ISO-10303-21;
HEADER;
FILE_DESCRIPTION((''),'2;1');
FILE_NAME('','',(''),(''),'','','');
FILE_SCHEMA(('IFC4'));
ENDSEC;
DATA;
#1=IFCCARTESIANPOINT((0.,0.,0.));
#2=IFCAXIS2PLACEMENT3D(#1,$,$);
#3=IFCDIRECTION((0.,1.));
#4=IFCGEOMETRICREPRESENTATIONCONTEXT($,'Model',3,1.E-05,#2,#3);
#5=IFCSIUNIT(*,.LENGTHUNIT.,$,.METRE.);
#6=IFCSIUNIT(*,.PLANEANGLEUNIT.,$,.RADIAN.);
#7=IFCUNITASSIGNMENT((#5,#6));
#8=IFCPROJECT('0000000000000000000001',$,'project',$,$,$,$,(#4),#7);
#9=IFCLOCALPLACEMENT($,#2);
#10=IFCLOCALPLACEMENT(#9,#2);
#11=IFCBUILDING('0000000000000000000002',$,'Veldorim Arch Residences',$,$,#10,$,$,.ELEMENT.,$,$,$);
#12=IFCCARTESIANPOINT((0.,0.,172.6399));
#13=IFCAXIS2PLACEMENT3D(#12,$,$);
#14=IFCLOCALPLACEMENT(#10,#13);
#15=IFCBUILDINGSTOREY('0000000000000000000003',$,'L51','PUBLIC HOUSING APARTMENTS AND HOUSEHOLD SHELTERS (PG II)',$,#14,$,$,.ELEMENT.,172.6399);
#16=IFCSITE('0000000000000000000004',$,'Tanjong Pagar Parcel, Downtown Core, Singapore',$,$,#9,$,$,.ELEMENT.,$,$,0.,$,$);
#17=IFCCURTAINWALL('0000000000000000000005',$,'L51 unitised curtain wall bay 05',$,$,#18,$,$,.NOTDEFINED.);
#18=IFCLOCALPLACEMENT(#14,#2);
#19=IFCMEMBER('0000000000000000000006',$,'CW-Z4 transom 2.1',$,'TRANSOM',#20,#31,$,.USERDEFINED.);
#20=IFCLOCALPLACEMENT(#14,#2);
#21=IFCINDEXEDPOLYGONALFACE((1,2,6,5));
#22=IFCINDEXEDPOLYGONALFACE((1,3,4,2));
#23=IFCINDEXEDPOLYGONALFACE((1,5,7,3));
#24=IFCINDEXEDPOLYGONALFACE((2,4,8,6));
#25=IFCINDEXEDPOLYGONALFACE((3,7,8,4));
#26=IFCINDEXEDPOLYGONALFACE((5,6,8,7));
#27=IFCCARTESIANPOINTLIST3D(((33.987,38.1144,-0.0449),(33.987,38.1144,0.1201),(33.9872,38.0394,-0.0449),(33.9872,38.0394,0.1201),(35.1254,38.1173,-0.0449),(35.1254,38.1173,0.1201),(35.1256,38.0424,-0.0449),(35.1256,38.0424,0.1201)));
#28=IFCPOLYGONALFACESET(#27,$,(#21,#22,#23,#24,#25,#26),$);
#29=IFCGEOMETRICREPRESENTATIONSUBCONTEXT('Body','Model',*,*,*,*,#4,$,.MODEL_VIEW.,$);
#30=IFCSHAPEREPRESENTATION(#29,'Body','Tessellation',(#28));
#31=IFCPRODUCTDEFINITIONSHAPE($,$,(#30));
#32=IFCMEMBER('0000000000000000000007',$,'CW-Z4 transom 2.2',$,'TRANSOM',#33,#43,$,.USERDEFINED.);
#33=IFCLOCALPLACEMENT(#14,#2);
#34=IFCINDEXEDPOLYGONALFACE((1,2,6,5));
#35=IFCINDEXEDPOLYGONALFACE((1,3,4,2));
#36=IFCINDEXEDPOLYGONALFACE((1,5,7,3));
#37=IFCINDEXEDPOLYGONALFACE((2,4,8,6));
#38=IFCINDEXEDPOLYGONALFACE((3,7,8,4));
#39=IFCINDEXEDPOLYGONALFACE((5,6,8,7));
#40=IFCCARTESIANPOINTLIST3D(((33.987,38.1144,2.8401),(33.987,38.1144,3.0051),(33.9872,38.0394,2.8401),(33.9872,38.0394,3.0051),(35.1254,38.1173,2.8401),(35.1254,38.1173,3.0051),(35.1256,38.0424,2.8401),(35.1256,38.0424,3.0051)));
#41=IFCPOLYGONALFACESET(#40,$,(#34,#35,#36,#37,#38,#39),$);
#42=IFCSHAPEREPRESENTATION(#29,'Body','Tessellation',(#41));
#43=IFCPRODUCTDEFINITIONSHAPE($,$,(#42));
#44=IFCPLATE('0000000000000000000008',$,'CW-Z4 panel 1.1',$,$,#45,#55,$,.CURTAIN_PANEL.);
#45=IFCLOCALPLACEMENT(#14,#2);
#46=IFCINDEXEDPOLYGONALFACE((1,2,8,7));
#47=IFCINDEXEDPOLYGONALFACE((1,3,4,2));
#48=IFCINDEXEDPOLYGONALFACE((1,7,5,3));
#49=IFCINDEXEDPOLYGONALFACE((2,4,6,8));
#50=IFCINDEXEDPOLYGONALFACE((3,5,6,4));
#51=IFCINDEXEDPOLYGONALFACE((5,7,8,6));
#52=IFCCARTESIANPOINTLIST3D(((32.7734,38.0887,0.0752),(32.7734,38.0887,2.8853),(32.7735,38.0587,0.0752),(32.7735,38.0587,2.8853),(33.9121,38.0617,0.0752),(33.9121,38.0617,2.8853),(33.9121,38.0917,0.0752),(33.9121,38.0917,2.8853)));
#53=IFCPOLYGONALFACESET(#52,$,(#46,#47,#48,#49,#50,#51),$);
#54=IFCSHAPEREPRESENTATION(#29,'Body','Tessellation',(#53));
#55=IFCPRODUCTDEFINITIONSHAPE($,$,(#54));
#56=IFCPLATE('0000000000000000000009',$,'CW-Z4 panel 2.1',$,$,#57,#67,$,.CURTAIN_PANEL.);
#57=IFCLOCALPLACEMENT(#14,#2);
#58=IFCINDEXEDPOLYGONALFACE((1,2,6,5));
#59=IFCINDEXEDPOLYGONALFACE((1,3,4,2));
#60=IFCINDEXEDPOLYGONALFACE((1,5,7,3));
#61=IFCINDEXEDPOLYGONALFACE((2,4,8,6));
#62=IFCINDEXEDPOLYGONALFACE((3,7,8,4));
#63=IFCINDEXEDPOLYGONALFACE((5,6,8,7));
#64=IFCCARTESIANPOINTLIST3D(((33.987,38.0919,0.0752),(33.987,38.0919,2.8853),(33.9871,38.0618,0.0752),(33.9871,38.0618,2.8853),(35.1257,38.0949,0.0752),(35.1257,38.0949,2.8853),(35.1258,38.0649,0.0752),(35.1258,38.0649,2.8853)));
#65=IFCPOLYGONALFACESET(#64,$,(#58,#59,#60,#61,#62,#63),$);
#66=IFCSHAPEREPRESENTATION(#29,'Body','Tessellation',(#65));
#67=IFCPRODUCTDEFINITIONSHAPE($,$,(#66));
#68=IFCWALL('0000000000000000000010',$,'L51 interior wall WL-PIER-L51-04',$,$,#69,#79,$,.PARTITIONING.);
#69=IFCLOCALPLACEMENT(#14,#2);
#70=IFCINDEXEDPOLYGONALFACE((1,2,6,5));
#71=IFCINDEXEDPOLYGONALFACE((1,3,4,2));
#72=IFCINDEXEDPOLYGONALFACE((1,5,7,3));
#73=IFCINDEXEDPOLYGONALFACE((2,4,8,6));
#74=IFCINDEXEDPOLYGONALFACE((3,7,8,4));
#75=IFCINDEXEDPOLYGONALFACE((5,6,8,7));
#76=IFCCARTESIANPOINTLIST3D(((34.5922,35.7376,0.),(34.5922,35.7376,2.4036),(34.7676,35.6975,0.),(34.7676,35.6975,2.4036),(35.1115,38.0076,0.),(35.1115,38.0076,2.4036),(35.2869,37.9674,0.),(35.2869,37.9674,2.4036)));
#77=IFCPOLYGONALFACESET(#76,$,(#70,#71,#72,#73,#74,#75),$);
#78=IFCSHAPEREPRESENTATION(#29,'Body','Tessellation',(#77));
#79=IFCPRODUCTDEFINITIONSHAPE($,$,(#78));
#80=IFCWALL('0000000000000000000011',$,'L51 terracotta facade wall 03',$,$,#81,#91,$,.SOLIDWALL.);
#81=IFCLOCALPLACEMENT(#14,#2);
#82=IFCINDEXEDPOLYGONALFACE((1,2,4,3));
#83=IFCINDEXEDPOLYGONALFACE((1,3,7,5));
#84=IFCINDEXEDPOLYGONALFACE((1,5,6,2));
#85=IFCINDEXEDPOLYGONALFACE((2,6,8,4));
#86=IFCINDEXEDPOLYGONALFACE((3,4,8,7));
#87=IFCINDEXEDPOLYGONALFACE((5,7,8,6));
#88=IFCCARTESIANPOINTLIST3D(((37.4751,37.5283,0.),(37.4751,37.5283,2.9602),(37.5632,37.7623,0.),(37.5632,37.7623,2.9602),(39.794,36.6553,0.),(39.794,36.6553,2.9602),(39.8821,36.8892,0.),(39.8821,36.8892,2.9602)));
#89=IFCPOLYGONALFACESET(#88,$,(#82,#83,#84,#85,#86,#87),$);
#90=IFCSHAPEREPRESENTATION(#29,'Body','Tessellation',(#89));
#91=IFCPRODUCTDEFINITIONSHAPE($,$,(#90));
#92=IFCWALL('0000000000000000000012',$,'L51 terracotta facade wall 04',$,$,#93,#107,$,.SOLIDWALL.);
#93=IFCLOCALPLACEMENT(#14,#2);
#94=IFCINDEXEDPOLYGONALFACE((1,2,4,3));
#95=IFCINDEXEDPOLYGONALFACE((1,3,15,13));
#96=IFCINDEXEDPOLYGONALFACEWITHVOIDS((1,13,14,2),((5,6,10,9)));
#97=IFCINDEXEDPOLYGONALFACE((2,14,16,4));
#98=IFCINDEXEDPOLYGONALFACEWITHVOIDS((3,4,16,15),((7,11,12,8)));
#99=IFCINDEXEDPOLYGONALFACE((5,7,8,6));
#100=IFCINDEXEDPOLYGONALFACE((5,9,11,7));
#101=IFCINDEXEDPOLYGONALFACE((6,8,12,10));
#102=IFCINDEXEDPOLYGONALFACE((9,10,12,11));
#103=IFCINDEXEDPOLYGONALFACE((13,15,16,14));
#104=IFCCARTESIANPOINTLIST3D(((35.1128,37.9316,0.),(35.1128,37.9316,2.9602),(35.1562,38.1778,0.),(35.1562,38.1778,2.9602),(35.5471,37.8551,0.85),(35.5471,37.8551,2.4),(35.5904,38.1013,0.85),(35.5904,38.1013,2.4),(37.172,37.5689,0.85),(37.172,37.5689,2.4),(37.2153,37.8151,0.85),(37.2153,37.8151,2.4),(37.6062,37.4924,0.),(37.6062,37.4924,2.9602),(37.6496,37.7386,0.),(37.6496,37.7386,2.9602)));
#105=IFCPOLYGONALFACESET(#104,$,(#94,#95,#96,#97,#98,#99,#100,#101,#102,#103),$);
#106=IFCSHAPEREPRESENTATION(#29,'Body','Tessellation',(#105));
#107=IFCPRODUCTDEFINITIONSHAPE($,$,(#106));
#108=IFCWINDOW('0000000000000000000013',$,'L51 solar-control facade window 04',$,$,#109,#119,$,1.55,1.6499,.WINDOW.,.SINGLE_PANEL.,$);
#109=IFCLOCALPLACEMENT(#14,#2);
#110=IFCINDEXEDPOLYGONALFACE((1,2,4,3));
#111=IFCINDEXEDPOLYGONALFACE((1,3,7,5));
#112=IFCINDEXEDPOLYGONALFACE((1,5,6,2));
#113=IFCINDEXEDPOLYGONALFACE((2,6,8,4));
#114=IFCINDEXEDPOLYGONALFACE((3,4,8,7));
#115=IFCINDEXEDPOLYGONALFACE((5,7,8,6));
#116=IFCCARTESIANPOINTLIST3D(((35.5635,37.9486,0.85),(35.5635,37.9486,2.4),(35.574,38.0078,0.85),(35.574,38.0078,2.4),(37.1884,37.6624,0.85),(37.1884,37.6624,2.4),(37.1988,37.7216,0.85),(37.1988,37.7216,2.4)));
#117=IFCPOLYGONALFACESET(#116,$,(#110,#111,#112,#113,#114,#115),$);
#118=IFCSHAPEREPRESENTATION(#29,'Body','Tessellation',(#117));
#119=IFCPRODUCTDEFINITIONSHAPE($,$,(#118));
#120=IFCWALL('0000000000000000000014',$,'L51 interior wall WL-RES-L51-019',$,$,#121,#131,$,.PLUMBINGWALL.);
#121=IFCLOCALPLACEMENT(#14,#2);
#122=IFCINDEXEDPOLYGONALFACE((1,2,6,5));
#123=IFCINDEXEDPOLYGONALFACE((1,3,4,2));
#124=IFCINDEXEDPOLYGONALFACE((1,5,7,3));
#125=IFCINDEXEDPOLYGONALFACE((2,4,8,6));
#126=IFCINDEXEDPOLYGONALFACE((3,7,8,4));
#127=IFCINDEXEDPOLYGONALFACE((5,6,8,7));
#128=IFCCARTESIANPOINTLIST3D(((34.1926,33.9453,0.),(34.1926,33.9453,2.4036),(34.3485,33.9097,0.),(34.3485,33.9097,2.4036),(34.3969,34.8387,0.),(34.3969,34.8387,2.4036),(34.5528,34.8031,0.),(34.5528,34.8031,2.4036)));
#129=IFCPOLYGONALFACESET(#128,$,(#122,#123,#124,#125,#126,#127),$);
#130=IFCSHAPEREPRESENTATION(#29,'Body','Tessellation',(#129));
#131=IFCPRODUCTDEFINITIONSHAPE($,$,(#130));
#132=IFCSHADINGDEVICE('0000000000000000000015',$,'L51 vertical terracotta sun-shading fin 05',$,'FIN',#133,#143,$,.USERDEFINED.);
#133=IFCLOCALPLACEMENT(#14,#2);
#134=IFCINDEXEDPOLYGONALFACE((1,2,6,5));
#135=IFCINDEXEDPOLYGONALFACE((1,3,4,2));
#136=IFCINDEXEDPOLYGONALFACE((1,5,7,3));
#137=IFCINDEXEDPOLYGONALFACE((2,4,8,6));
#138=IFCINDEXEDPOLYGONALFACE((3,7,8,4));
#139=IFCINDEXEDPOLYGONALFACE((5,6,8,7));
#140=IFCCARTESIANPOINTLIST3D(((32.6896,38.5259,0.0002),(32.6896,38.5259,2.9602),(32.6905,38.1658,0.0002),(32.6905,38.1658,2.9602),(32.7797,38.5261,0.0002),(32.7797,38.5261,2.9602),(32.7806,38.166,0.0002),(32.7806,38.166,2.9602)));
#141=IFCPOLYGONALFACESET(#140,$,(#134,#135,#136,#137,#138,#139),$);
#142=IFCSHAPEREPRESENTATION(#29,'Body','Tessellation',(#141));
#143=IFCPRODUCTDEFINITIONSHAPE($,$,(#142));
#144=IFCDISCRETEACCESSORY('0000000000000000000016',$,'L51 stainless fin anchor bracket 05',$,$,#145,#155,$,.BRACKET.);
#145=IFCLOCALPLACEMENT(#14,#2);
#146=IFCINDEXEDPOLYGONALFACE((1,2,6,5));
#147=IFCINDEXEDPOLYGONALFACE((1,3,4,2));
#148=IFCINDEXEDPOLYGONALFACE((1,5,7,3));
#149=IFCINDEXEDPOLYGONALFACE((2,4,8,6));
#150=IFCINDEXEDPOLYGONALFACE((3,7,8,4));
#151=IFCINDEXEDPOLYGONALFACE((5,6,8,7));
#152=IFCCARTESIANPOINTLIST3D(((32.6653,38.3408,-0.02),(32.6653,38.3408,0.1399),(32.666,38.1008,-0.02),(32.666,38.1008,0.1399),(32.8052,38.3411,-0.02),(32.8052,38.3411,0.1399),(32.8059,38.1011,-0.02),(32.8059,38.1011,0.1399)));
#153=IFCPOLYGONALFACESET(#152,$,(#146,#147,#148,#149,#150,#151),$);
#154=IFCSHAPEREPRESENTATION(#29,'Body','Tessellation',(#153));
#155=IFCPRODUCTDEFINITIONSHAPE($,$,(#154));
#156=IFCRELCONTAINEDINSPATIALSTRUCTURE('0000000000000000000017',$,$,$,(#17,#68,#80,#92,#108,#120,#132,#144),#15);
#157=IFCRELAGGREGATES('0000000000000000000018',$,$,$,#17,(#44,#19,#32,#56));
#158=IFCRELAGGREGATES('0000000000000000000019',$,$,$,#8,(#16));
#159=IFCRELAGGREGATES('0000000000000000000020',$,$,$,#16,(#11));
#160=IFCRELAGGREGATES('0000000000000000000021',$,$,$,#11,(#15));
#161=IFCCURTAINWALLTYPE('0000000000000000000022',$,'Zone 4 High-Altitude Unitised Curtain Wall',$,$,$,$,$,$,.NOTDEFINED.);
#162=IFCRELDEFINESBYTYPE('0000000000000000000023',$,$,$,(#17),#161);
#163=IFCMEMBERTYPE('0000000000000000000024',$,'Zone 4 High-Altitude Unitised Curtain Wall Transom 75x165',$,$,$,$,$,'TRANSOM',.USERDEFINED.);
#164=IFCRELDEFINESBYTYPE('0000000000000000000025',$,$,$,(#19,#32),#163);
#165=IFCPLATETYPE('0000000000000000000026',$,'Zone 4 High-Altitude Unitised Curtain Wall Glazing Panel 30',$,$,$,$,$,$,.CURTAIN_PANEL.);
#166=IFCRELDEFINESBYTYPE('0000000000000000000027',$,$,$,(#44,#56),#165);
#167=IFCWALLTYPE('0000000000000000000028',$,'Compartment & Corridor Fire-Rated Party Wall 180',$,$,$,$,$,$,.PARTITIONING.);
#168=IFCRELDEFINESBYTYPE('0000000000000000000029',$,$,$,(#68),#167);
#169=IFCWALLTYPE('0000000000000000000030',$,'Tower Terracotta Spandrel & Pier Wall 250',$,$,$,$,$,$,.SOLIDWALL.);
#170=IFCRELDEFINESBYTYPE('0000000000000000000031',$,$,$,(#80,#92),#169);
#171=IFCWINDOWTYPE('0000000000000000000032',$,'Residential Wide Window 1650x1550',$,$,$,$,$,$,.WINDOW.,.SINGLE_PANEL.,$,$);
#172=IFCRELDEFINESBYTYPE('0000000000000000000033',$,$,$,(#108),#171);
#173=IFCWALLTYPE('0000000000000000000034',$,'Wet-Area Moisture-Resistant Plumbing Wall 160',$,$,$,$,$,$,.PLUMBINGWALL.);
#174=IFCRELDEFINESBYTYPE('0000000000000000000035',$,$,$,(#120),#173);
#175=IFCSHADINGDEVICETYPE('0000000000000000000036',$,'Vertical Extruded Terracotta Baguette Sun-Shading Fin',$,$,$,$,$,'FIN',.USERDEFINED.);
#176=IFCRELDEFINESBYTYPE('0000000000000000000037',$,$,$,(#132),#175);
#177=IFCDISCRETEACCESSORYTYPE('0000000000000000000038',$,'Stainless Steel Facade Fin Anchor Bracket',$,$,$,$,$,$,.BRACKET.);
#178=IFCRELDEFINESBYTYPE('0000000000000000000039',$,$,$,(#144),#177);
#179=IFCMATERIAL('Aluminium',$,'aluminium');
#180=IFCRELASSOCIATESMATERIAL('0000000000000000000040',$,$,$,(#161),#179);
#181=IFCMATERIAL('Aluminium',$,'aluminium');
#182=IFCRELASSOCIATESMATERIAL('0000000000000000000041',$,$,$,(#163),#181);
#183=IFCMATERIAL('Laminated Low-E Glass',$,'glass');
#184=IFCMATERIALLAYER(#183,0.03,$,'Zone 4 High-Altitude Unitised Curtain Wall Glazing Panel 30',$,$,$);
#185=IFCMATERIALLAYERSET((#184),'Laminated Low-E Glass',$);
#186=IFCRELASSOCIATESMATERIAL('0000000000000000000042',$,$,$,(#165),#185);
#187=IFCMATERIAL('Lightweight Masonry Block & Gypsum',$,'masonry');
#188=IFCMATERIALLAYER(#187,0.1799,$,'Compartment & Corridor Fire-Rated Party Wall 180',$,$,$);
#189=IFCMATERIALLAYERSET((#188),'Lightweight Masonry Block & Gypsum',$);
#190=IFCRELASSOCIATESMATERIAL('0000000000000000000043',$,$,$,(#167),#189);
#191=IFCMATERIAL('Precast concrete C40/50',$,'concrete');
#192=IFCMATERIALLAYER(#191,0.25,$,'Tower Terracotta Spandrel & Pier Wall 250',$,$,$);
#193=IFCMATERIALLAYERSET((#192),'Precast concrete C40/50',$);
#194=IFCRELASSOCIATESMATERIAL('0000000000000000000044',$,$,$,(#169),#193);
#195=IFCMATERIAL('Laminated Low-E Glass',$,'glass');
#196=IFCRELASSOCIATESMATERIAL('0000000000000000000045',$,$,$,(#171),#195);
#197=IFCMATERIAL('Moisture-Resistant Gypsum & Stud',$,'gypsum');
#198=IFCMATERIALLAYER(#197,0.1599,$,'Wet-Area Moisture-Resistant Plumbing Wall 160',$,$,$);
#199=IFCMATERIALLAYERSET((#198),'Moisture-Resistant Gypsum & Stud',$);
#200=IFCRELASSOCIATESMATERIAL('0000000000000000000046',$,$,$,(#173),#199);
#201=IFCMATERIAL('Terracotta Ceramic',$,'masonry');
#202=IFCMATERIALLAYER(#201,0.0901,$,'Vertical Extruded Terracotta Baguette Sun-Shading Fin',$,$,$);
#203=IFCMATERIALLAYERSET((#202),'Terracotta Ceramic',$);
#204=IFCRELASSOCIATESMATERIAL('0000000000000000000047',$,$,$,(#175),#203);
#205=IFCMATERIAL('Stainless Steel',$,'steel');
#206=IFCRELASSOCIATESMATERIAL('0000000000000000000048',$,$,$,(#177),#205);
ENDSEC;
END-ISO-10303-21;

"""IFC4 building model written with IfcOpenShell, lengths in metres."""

from ifc_helpers import new_model, si_unit, direction, frame, frame_2d, origin, origin_2d, place, context, subcontext, project, spatial, rectangle, extrude, material, layer, layer_set, material_profile, profile_set, type_object, element, fill, aggregate, save


model = new_model("IFC4")

# Units and contexts
model_context = context("Model", 3, precision=1e-05, world=origin(), true_north=direction((0.0, 1.0)))
body_context = subcontext(model_context, "Body", "Model", "MODEL_VIEW")
ifc_project = project(units=[si_unit("LENGTHUNIT", "METRE"), si_unit("PLANEANGLEUNIT", "RADIAN")], contexts=[model_context])

# Site, building, storey
site_placement = place(None, origin())
site = spatial("IfcSite", under=ifc_project, at=site_placement, Name="Tanjong Pagar Parcel, Downtown Core, Singapore", CompositionType="ELEMENT", RefElevation=0.0)
building_placement = place(site_placement, origin())
building = spatial("IfcBuilding", under=site, at=building_placement, Name="Veldorim Arch Residences", CompositionType="ELEMENT")
storey_placement = place(building_placement, frame((0.0, 0.0, 172.6399)))
storey = spatial("IfcBuildingStorey", under=building, at=storey_placement, Name="L51", Description="PUBLIC HOUSING APARTMENTS AND HOUSEHOLD SHELTERS (PG II)", CompositionType="ELEMENT", Elevation=172.6399)

# Curtain wall, members, plates
ifc_material_1 = material(Name="Aluminium", Category="aluminium")
curtain_wall_type = type_object("IfcCurtainWallType", Name="Zone 4 High-Altitude Unitised Curtain Wall", PredefinedType="NOTDEFINED", material=ifc_material_1)
curtain_wall_placement = place(storey_placement, origin())
curtain_wall = element("IfcCurtainWall", 1, at=curtain_wall_placement, inside=storey, type_object=curtain_wall_type, Name="L51 unitised curtain wall bay 05", PredefinedType="NOTDEFINED")
ifc_material_2 = material(Name="Aluminium", Category="aluminium")
ifc_material_profile_1 = material_profile(ifc_material_2, rectangle(XDim=0.075, YDim=0.165, at=origin_2d()), Name="ALU_TRN_75x165")
ifc_profile_set_1 = profile_set([ifc_material_profile_1], Name="Aluminium")
member_type_1 = type_object("IfcMemberType", Name="Zone 4 High-Altitude Unitised Curtain Wall Transom 75x165", ElementType="TRANSOM", PredefinedType="USERDEFINED", material=ifc_profile_set_1)
member_1_placement = place(storey_placement, frame((33.9871, 38.0769, 0.0376), z_axis=(0.999997, 0.002573, 0.0), x_axis=(-0.002573, 0.999997, 0.0)))
member_1 = element("IfcMember", 2, at=member_1_placement, type_object=member_type_1, Name="CW-Z4 transom 2.1", ObjectType="TRANSOM", PredefinedType="USERDEFINED", context=body_context, shape_type="SweptSolid", body=[
    extrude(rectangle(XDim=0.075, YDim=0.165, at=origin_2d()), origin(), (0.0, 0.0, 1.0), 1.1384),
])
member_2_placement = place(storey_placement, frame((33.9871, 38.0769, 2.9226), z_axis=(0.999997, 0.002573, 0.0), x_axis=(-0.002573, 0.999997, 0.0)))
member_2 = element("IfcMember", 3, at=member_2_placement, type_object=member_type_1, Name="CW-Z4 transom 2.2", ObjectType="TRANSOM", PredefinedType="USERDEFINED", context=body_context, shape_type="SweptSolid", body=[
    extrude(rectangle(XDim=0.075, YDim=0.165, at=origin_2d()), origin(), (0.0, 0.0, 1.0), 1.1384),
])
ifc_material_3 = material(Name="Laminated Low-E Glass", Category="glass")
ifc_layer_1 = layer(ifc_material_3, 0.03, Name="Zone 4 High-Altitude Unitised Curtain Wall Glazing Panel 30")
ifc_layer_set_1 = layer_set([ifc_layer_1], Name="Laminated Low-E Glass")
plate_type = type_object("IfcPlateType", Name="Zone 4 High-Altitude Unitised Curtain Wall Glazing Panel 30", PredefinedType="CURTAIN_PANEL", material=ifc_layer_set_1)
plate_1_placement = place(storey_placement, frame((33.3428, 38.0752, 0.0752), z_axis=(0.0, 0.0, 1.0), x_axis=(0.999996, 0.002678, 0.0)))
plate_1 = element("IfcPlate", 4, at=plate_1_placement, type_object=plate_type, Name="CW-Z4 panel 1.1", PredefinedType="CURTAIN_PANEL", context=body_context, shape_type="SweptSolid", body=[
    extrude(rectangle(XDim=1.1387, YDim=0.03, at=origin_2d()), origin(), (0.0, 0.0, 1.0), 2.8101),
])
plate_2_placement = place(storey_placement, frame((34.5564, 38.0784, 0.0752), z_axis=(0.0, 0.0, 1.0), x_axis=(0.999996, 0.002678, 0.0)))
plate_2 = element("IfcPlate", 5, at=plate_2_placement, type_object=plate_type, Name="CW-Z4 panel 2.1", PredefinedType="CURTAIN_PANEL", context=body_context, shape_type="SweptSolid", body=[
    extrude(rectangle(XDim=1.1387, YDim=0.03, at=origin_2d()), origin(), (0.0, 0.0, 1.0), 2.8101),
])
aggregate(curtain_wall, [plate_1, member_1, member_2, plate_2])

# Walls
ifc_material_4 = material(Name="Lightweight Masonry Block & Gypsum", Category="masonry")
ifc_layer_2 = layer(ifc_material_4, 0.1799, Name="Compartment & Corridor Fire-Rated Party Wall 180")
ifc_layer_set_2 = layer_set([ifc_layer_2], Name="Lightweight Masonry Block & Gypsum")
wall_type_1 = type_object("IfcWallType", Name="Compartment & Corridor Fire-Rated Party Wall 180", PredefinedType="PARTITIONING", material=ifc_layer_set_2)
wall_1_placement = place(storey_placement, frame((34.6799, 35.7175, 0.0), z_axis=(0.0, 0.0, 1.0), x_axis=(0.222998, 0.974819, 0.0)))
element("IfcWall", 6, at=wall_1_placement, inside=storey, type_object=wall_type_1, Name="L51 interior wall WL-PIER-L51-04", PredefinedType="PARTITIONING", context=body_context, shape_type="SweptSolid", body=[
    extrude(rectangle(XDim=2.3286, YDim=0.1799, at=frame_2d((1.1643, 0.0))), origin(), (0.0, 0.0, 1.0), 2.4036),
])
ifc_material_5 = material(Name="Precast concrete C40/50", Category="concrete")
ifc_layer_3 = layer(ifc_material_5, 0.25, Name="Tower Terracotta Spandrel & Pier Wall 250")
ifc_layer_set_3 = layer_set([ifc_layer_3], Name="Precast concrete C40/50")
wall_type_2 = type_object("IfcWallType", Name="Tower Terracotta Spandrel & Pier Wall 250", PredefinedType="SOLIDWALL", material=ifc_layer_set_3)
wall_2_placement = place(storey_placement, frame((37.5193, 37.6453, 0.0), z_axis=(0.0, 0.0, 1.0), x_axis=(0.935867, -0.352354, 0.0)))
element("IfcWall", 7, at=wall_2_placement, inside=storey, type_object=wall_type_2, Name="L51 terracotta facade wall 03", PredefinedType="SOLIDWALL", context=body_context, shape_type="SweptSolid", body=[
    extrude(rectangle(XDim=2.4778, YDim=0.25, at=frame_2d((1.2388, 0.0))), origin(), (0.0, 0.0, 1.0), 2.9602),
])

# Wall, opening, window
wall_3_placement = place(storey_placement, frame((35.1345, 38.0547, 0.0), z_axis=(0.0, 0.0, 1.0), x_axis=(0.984838, -0.173477, 0.0)))
wall_3 = element("IfcWall", 8, at=wall_3_placement, inside=storey, type_object=wall_type_2, Name="L51 terracotta facade wall 04", PredefinedType="SOLIDWALL", context=body_context, shape_type="SweptSolid", body=[
    extrude(rectangle(XDim=2.5317, YDim=0.25, at=frame_2d((1.2659, 0.0))), origin(), (0.0, 0.0, 1.0), 2.9602),
])
opening_placement = place(wall_3_placement, frame((0.4409, 0.0, 0.8501)))
opening = element("IfcOpeningElement", 9, at=opening_placement, cuts=wall_3, PredefinedType="OPENING", context=body_context, shape_type="SweptSolid", body=[
    extrude(rectangle(XDim=1.6499, YDim=1.55, at=frame_2d((0.825, 0.7749))), frame((0.0, 0.135, 0.0), z_axis=(0.0, -1.0, 0.0), x_axis=(1.0, 0.0, 0.0)), (0.0, 0.0, 1.0), 0.27),
])
ifc_material_6 = material(Name="Laminated Low-E Glass", Category="glass")
window_type = type_object("IfcWindowType", Name="Residential Wide Window 1650x1550", PartitioningType="SINGLE_PANEL", PredefinedType="WINDOW", material=ifc_material_6)
window_placement = place(opening_placement, origin())
window = element("IfcWindow", 10, at=window_placement, inside=storey, type_object=window_type, Name="L51 solar-control facade window 04", OverallHeight=1.55, OverallWidth=1.6499, PartitioningType="SINGLE_PANEL", PredefinedType="WINDOW", context=body_context, shape_type="SweptSolid", body=[
    extrude(rectangle(XDim=1.6499, YDim=1.55, at=frame_2d((0.825, 0.7749))), frame((0.0, 0.03, 0.0), z_axis=(0.0, -1.0, 0.0), x_axis=(1.0, 0.0, 0.0)), (0.0, 0.0, 1.0), 0.0601),
])
fill(opening, window)

# Wall
ifc_material_7 = material(Name="Moisture-Resistant Gypsum & Stud", Category="gypsum")
ifc_layer_4 = layer(ifc_material_7, 0.1599, Name="Wet-Area Moisture-Resistant Plumbing Wall 160")
ifc_layer_set_4 = layer_set([ifc_layer_4], Name="Moisture-Resistant Gypsum & Stud")
wall_type_3 = type_object("IfcWallType", Name="Wet-Area Moisture-Resistant Plumbing Wall 160", PredefinedType="PLUMBINGWALL", material=ifc_layer_set_4)
wall_4_placement = place(storey_placement, frame((34.2705, 33.9275, 0.0), z_axis=(0.0, 0.0, 1.0), x_axis=(0.222991, 0.97482, 0.0)))
element("IfcWall", 11, at=wall_4_placement, inside=storey, type_object=wall_type_3, Name="L51 interior wall WL-RES-L51-019", PredefinedType="PLUMBINGWALL", context=body_context, shape_type="SweptSolid", body=[
    extrude(rectangle(XDim=0.9165, YDim=0.1599, at=frame_2d((0.4583, 0.0))), origin(), (0.0, 0.0, 1.0), 2.4036),
])

# Shading device
ifc_material_8 = material(Name="Terracotta Ceramic", Category="masonry")
ifc_layer_5 = layer(ifc_material_8, 0.0901, Name="Vertical Extruded Terracotta Baguette Sun-Shading Fin")
ifc_layer_set_5 = layer_set([ifc_layer_5], Name="Terracotta Ceramic")
shading_device_type = type_object("IfcShadingDeviceType", Name="Vertical Extruded Terracotta Baguette Sun-Shading Fin", ElementType="FIN", PredefinedType="USERDEFINED", material=ifc_layer_set_5)
shading_device_placement = place(storey_placement, frame((32.7351, 38.3459, 0.0002), z_axis=(0.0, 0.0, 1.0), x_axis=(0.999997, 0.002618, 0.0)))
element("IfcShadingDevice", 12, at=shading_device_placement, inside=storey, type_object=shading_device_type, Name="L51 vertical terracotta sun-shading fin 05", ObjectType="FIN", PredefinedType="USERDEFINED", context=body_context, shape_type="SweptSolid", body=[
    extrude(rectangle(XDim=0.0901, YDim=0.3601, at=origin_2d()), origin(), (0.0, 0.0, 1.0), 2.96),
])

# Discrete accessory
ifc_material_9 = material(Name="Stainless Steel", Category="steel")
discrete_accessory_type = type_object("IfcDiscreteAccessoryType", Name="Stainless Steel Facade Fin Anchor Bracket", PredefinedType="BRACKET", material=ifc_material_9)
discrete_accessory_placement = place(storey_placement, frame((32.7356, 38.2209, -0.02), z_axis=(0.0, 0.0, 1.0), x_axis=(0.999997, 0.002618, 0.0)))
element("IfcDiscreteAccessory", 13, at=discrete_accessory_placement, inside=storey, type_object=discrete_accessory_type, Name="L51 stainless fin anchor bracket 05", PredefinedType="BRACKET", context=body_context, shape_type="SweptSolid", body=[
    extrude(rectangle(XDim=0.1399, YDim=0.24, at=origin_2d()), origin(), (0.0, 0.0, 1.0), 0.1599),
])

save(model, "model.ifc")
